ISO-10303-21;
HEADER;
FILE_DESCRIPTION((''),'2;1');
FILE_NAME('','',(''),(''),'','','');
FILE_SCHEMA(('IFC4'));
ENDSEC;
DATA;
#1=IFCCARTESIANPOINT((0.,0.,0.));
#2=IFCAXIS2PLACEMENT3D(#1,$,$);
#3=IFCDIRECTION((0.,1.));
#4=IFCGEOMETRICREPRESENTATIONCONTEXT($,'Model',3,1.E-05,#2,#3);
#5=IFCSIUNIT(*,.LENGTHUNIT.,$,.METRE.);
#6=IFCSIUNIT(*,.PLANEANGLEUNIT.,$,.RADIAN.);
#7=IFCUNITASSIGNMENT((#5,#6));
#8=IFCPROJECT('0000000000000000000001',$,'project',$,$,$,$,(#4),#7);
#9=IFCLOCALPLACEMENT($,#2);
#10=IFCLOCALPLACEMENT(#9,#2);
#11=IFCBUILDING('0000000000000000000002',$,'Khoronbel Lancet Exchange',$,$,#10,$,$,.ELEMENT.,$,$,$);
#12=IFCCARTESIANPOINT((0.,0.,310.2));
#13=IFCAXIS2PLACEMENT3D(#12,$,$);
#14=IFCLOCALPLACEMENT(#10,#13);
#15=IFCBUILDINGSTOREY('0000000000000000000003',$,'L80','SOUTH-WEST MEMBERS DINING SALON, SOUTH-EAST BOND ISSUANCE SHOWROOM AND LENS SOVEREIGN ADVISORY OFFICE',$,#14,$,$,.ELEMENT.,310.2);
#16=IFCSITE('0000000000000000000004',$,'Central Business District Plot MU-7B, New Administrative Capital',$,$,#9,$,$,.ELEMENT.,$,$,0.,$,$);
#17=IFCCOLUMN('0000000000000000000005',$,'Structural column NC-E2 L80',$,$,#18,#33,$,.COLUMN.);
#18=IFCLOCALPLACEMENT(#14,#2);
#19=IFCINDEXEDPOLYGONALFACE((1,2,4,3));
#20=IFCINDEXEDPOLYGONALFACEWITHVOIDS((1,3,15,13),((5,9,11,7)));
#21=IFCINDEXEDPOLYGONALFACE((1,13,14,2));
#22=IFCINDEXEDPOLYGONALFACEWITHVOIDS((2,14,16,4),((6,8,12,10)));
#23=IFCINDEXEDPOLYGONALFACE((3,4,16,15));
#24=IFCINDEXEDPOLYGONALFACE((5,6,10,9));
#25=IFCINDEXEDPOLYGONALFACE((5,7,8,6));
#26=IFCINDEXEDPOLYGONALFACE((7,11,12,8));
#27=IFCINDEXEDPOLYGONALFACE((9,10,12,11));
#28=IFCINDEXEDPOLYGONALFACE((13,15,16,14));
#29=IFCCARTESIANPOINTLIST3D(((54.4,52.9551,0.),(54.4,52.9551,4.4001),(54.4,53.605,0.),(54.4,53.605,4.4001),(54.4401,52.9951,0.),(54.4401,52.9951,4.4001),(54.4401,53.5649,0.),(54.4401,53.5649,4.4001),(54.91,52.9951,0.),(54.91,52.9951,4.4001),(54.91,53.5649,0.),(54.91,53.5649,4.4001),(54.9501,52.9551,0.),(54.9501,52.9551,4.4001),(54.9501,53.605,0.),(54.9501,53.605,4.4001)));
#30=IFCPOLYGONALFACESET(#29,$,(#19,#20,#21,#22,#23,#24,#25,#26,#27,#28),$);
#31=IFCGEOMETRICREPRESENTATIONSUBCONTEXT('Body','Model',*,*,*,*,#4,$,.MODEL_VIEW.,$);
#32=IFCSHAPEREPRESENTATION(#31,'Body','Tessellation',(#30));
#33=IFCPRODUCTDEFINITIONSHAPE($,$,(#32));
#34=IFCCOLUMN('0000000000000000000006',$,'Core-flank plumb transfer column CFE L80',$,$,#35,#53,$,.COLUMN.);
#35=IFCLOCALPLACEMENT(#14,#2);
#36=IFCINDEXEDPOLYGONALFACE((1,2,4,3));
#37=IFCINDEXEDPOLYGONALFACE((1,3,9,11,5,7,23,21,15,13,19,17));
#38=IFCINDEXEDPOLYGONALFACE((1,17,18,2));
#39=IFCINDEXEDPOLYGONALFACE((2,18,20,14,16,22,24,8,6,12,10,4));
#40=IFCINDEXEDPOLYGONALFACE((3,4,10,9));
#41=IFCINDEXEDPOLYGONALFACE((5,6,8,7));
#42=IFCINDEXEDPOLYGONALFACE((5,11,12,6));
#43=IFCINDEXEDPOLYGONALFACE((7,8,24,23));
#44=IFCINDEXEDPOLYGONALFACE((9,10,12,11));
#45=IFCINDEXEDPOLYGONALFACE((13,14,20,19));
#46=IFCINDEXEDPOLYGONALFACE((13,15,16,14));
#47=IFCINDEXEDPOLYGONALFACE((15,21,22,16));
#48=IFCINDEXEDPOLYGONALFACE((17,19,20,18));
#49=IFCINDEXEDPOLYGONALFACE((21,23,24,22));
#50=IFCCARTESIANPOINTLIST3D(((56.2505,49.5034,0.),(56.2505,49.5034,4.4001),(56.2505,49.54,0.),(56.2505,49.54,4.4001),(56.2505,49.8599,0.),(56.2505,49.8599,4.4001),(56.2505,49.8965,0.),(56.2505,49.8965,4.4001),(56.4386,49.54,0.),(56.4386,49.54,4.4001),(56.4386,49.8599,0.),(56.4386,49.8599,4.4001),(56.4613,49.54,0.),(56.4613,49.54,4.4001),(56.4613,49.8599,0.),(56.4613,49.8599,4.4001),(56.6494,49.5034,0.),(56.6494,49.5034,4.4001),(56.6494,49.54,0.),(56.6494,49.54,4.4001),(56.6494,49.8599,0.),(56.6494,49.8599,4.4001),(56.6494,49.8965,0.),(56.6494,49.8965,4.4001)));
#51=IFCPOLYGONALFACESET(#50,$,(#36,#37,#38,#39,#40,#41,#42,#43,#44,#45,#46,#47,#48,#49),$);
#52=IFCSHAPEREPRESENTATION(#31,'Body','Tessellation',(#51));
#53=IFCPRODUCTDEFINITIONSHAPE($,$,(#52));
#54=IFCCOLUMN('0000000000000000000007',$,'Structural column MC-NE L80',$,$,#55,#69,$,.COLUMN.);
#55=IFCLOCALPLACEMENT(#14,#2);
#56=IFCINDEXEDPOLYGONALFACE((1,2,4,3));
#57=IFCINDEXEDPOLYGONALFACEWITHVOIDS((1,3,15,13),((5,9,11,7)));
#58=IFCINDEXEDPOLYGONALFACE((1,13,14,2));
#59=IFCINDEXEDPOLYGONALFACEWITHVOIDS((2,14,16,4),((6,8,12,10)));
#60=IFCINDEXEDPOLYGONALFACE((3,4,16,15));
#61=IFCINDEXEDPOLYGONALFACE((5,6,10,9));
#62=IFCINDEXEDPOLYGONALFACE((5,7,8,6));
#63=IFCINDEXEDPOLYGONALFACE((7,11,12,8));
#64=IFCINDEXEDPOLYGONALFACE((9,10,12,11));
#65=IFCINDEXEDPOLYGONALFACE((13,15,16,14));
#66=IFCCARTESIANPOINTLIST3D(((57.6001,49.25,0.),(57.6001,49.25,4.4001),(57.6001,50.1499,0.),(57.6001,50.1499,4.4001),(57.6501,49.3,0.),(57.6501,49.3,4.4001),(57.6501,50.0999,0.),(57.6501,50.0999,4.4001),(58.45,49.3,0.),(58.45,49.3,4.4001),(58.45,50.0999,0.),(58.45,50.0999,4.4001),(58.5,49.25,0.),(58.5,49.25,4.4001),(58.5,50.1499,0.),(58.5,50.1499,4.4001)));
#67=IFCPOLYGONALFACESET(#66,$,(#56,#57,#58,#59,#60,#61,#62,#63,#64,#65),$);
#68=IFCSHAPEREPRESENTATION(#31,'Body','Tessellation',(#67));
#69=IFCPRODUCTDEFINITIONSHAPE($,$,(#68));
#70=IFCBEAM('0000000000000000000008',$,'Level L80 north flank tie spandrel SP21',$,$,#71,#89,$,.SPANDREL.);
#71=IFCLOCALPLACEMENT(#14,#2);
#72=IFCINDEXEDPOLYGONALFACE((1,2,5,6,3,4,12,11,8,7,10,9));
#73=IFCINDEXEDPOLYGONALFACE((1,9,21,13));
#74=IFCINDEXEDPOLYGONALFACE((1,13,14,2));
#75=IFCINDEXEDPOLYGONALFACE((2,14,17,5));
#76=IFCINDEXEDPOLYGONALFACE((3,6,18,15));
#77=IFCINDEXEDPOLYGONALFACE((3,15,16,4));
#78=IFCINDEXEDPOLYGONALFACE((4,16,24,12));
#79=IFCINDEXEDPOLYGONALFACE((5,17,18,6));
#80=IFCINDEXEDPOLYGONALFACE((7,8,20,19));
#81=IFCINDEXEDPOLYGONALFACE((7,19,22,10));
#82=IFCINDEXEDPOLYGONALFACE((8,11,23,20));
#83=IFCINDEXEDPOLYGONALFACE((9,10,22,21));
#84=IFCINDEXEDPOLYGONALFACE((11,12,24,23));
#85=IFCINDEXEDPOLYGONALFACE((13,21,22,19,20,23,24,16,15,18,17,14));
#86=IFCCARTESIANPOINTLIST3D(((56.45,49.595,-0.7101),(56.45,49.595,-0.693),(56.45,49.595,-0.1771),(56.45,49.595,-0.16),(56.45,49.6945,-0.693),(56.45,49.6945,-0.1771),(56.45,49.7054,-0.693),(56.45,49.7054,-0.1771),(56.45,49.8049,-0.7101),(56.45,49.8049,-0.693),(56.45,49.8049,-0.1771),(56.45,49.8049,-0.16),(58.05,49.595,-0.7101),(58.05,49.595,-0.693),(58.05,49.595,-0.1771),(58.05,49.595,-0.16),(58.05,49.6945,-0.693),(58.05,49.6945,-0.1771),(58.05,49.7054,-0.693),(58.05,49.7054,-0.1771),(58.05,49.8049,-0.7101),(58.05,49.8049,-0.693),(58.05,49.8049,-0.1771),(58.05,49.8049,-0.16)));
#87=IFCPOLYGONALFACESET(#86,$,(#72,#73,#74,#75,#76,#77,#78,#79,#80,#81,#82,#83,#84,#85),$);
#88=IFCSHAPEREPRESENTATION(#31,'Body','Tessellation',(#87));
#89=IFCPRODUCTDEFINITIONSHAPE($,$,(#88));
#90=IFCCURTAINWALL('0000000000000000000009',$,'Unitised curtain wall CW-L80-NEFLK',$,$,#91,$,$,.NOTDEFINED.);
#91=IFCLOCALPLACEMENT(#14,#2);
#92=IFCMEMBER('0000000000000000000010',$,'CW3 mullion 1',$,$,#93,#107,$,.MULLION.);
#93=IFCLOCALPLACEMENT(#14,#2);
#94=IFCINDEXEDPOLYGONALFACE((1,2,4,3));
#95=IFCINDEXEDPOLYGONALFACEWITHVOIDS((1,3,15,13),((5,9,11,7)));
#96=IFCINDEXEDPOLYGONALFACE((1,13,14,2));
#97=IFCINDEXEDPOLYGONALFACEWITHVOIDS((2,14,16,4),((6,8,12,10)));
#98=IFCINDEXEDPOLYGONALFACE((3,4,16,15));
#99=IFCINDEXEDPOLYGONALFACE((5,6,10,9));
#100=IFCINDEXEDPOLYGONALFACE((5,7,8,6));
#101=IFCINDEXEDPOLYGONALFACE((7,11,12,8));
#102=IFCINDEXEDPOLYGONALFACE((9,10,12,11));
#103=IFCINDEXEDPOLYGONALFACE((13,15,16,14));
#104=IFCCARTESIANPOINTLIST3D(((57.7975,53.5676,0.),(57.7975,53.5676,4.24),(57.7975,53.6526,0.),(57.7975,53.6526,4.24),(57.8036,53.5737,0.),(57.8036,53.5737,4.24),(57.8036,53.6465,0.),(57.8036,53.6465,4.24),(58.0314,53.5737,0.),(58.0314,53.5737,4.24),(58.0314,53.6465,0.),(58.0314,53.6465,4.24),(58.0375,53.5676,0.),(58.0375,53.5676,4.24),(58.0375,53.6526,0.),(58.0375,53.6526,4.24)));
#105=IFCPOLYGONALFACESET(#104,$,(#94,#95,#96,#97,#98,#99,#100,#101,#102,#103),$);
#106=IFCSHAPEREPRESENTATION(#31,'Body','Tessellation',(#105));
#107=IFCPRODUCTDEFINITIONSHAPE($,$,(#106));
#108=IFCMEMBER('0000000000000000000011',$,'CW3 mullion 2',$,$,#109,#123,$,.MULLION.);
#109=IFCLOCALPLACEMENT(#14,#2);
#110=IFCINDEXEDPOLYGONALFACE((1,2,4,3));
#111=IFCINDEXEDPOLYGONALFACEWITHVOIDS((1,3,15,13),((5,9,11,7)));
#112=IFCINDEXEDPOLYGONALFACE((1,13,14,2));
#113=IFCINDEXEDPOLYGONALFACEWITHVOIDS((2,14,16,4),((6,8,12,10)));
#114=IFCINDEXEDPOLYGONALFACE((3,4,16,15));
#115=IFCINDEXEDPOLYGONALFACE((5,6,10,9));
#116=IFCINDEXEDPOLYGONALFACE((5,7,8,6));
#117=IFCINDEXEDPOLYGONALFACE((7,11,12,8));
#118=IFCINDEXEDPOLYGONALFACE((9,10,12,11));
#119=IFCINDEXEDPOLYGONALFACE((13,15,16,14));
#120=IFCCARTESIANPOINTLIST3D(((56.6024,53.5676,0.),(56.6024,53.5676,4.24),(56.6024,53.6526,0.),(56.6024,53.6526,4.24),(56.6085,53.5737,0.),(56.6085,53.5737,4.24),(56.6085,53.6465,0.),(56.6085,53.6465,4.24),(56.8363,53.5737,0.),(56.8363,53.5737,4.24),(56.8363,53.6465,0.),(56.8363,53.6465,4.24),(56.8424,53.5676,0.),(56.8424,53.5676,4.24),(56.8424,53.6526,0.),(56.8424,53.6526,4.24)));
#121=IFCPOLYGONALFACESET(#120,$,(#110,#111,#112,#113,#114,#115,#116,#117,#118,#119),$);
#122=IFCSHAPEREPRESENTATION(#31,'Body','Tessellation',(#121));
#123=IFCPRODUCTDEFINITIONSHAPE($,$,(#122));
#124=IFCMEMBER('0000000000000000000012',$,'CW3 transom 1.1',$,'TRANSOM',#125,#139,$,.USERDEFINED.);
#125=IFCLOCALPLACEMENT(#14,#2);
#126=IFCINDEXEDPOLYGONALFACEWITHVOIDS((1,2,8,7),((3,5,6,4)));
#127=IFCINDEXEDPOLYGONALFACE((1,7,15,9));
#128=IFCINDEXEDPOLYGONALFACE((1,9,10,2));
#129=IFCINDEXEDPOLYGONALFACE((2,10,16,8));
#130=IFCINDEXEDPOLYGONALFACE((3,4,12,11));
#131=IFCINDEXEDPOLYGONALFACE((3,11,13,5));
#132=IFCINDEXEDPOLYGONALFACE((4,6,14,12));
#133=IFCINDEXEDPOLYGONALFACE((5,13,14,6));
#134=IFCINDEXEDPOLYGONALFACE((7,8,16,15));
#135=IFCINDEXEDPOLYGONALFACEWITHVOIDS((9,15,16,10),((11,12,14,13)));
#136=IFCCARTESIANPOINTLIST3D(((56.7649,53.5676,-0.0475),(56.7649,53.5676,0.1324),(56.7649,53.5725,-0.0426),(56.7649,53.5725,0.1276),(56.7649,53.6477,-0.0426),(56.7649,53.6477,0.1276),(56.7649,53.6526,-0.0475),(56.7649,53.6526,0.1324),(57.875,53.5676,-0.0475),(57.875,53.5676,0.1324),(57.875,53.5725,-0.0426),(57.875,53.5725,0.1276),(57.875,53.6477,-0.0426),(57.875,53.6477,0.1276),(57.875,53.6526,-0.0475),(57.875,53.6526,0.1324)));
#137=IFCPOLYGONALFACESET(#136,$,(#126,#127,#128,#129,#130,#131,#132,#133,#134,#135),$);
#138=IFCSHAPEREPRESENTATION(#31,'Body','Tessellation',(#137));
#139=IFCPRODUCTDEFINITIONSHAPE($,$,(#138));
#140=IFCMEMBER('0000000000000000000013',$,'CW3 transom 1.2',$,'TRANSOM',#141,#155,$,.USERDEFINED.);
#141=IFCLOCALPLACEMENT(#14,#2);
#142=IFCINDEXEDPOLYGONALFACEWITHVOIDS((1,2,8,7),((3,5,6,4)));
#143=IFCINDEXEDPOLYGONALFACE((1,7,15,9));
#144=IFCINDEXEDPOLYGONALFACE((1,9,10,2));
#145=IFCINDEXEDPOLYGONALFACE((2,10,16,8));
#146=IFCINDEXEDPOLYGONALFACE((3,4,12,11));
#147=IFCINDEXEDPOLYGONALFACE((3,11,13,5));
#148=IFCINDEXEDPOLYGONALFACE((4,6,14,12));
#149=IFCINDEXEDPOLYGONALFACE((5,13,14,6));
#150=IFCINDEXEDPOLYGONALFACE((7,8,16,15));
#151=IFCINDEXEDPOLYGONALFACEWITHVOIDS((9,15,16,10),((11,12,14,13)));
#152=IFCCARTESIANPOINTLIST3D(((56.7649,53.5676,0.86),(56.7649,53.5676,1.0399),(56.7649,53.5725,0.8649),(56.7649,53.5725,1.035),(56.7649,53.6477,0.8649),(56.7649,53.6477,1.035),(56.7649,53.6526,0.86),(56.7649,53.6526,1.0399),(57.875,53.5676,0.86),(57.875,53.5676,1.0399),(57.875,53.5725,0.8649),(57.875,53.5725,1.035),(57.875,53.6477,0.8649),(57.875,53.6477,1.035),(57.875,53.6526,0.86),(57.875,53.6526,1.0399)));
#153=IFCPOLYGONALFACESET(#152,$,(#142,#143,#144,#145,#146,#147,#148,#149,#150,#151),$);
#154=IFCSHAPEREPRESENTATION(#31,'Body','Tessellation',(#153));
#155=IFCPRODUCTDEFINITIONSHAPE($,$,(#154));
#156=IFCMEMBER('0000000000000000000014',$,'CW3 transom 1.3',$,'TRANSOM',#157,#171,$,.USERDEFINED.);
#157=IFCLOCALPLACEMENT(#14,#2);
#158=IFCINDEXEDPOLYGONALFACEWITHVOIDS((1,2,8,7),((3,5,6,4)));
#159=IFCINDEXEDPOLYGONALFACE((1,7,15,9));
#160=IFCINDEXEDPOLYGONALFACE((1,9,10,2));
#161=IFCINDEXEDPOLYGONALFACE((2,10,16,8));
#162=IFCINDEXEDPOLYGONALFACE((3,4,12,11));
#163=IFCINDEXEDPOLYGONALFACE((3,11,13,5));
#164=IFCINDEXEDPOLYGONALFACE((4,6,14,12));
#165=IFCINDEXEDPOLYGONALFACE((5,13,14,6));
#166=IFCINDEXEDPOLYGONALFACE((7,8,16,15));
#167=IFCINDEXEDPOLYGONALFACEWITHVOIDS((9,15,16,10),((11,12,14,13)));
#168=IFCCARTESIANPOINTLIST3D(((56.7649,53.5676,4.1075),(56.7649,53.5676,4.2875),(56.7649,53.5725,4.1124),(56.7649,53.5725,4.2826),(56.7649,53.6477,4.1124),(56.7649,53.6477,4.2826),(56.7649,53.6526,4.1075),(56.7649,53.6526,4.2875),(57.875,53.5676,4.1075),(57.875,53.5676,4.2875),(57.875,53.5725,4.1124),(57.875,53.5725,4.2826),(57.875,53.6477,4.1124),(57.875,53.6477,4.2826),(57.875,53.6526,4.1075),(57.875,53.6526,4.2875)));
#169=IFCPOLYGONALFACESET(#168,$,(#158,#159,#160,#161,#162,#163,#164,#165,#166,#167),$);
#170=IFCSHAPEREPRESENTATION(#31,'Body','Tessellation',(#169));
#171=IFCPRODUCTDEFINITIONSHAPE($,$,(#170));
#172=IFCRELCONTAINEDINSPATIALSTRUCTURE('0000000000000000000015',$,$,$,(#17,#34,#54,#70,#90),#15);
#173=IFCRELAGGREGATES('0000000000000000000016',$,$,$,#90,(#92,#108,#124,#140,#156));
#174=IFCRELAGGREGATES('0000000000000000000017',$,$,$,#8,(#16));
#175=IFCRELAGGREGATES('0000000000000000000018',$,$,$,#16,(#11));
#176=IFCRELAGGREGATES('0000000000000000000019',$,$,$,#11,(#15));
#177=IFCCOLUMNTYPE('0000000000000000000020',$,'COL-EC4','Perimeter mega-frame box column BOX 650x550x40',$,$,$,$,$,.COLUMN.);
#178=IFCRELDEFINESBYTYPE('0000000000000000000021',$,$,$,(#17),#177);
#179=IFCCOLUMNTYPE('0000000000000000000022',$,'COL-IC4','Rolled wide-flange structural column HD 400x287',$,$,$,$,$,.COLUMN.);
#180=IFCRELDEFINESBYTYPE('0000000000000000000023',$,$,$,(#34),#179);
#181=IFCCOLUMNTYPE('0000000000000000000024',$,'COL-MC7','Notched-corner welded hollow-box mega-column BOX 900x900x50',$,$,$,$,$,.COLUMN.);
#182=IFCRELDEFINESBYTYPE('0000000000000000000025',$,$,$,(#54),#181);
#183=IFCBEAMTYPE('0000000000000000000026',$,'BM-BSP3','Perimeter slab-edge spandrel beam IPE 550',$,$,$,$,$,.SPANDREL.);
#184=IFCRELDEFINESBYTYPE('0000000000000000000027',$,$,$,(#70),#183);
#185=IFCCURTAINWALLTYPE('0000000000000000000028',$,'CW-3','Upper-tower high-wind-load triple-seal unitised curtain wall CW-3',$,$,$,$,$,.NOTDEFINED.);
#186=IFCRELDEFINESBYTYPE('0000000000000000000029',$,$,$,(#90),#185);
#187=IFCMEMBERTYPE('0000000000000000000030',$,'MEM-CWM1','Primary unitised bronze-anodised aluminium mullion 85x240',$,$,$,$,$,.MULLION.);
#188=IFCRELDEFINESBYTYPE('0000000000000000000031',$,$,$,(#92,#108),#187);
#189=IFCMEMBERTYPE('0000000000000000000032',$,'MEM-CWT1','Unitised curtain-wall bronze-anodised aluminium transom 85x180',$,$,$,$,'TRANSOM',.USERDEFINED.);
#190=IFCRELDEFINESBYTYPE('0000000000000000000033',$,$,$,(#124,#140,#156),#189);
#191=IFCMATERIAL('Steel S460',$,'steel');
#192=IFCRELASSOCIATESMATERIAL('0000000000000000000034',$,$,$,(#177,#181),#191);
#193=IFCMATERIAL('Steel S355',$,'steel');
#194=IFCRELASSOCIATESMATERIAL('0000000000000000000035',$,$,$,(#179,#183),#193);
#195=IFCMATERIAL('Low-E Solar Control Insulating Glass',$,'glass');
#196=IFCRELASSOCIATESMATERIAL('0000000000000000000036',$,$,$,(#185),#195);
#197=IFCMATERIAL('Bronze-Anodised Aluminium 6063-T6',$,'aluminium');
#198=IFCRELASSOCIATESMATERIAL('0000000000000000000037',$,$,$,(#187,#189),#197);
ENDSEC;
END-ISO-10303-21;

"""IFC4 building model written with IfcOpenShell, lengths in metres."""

from ifc_helpers import new_model, si_unit, direction, frame, origin, origin_2d, place, context, subcontext, project, spatial, hollow_rectangle, i_section, extrude, material, material_profile, profile_set, type_object, element, aggregate, save


model = new_model("IFC4")

# Units and contexts
model_context = context("Model", 3, precision=1e-05, world=origin(), true_north=direction((0.0, 1.0)))
body_context = subcontext(model_context, "Body", "Model", "MODEL_VIEW")
ifc_project = project(units=[si_unit("LENGTHUNIT", "METRE"), si_unit("PLANEANGLEUNIT", "RADIAN")], contexts=[model_context])

# Site, building, storey
site_placement = place(None, origin())
site = spatial("IfcSite", under=ifc_project, at=site_placement, Name="Central Business District Plot MU-7B, New Administrative Capital", CompositionType="ELEMENT", RefElevation=0.0)
building_placement = place(site_placement, origin())
building = spatial("IfcBuilding", under=site, at=building_placement, Name="Khoronbel Lancet Exchange", CompositionType="ELEMENT")
storey_placement = place(building_placement, frame((0.0, 0.0, 310.2)))
storey = spatial("IfcBuildingStorey", under=building, at=storey_placement, Name="L80", Description="SOUTH-WEST MEMBERS DINING SALON, SOUTH-EAST BOND ISSUANCE SHOWROOM AND LENS SOVEREIGN ADVISORY OFFICE", CompositionType="ELEMENT", Elevation=310.2)

# Columns
ifc_material_1 = material(Name="Steel S460", Category="steel")
ifc_material_profile_1 = material_profile(ifc_material_1, hollow_rectangle(XDim=0.55, YDim=0.6499, WallThickness=0.04, at=origin_2d()), Name="BOX 650x550x40")
ifc_profile_set_1 = profile_set([ifc_material_profile_1], Name="Steel S460")
column_type_1 = type_object("IfcColumnType", Name="COL-EC4", Description="Perimeter mega-frame box column BOX 650x550x40", PredefinedType="COLUMN", material=ifc_profile_set_1)
column_1_placement = place(storey_placement, frame((54.675, 53.28, 0.0), z_axis=(0.0, 0.0, 1.0), x_axis=(1.0, 0.0, 0.0)))
element("IfcColumn", 1, at=column_1_placement, inside=storey, type_object=column_type_1, Name="Structural column NC-E2 L80", PredefinedType="COLUMN", context=body_context, shape_type="SweptSolid", body=[
    extrude(hollow_rectangle(XDim=0.55, YDim=0.6499, WallThickness=0.04, at=origin_2d()), origin(), (0.0, 0.0, 1.0), 4.4001),
])
ifc_material_2 = material(Name="Steel S355", Category="steel")
ifc_material_profile_2 = material_profile(ifc_material_2, i_section(OverallWidth=0.3989, OverallDepth=0.3931, WebThickness=0.0227, FlangeThickness=0.0366, at=origin_2d()), Name="HD 400x287")
ifc_profile_set_2 = profile_set([ifc_material_profile_2], Name="Steel S355")
column_type_2 = type_object("IfcColumnType", Name="COL-IC4", Description="Rolled wide-flange structural column HD 400x287", PredefinedType="COLUMN", material=ifc_profile_set_2)
column_2_placement = place(storey_placement, frame((56.45, 49.7, 0.0), z_axis=(0.0, 0.0, 1.0), x_axis=(1.0, 0.0, 0.0)))
element("IfcColumn", 2, at=column_2_placement, inside=storey, type_object=column_type_2, Name="Core-flank plumb transfer column CFE L80", PredefinedType="COLUMN", context=body_context, shape_type="SweptSolid", body=[
    extrude(i_section(OverallWidth=0.3989, OverallDepth=0.3931, WebThickness=0.0227, FlangeThickness=0.0366, at=origin_2d()), origin(), (0.0, 0.0, 1.0), 4.4001),
])
ifc_material_profile_3 = material_profile(ifc_material_1, hollow_rectangle(XDim=0.8999, YDim=0.8999, WallThickness=0.05, at=origin_2d()), Name="BOX 900x900x50")
ifc_profile_set_3 = profile_set([ifc_material_profile_3], Name="Steel S460")
column_type_3 = type_object("IfcColumnType", Name="COL-MC7", Description="Notched-corner welded hollow-box mega-column BOX 900x900x50", PredefinedType="COLUMN", material=ifc_profile_set_3)
column_3_placement = place(storey_placement, frame((58.05, 49.7, 0.0), z_axis=(0.0, 0.0, 1.0), x_axis=(1.0, 0.0, 0.0)))
element("IfcColumn", 3, at=column_3_placement, inside=storey, type_object=column_type_3, Name="Structural column MC-NE L80", PredefinedType="COLUMN", context=body_context, shape_type="SweptSolid", body=[
    extrude(hollow_rectangle(XDim=0.8999, YDim=0.8999, WallThickness=0.05, at=origin_2d()), origin(), (0.0, 0.0, 1.0), 4.4001),
])

# Beam
ifc_material_profile_4 = material_profile(ifc_material_2, i_section(OverallWidth=0.21, OverallDepth=0.55, WebThickness=0.011, FlangeThickness=0.0171, at=origin_2d()), Name="IPE 550")
ifc_profile_set_4 = profile_set([ifc_material_profile_4], Name="Steel S355")
beam_type = type_object("IfcBeamType", Name="BM-BSP3", Description="Perimeter slab-edge spandrel beam IPE 550", PredefinedType="SPANDREL", material=ifc_profile_set_4)
beam_placement = place(storey_placement, frame((58.05, 49.7, -0.4351), z_axis=(-1.0, 0.0, 0.0), x_axis=(0.0, -1.0, 0.0)))
element("IfcBeam", 4, at=beam_placement, inside=storey, type_object=beam_type, Name="Level L80 north flank tie spandrel SP21", PredefinedType="SPANDREL", context=body_context, shape_type="SweptSolid", body=[
    extrude(i_section(OverallWidth=0.21, OverallDepth=0.55, WebThickness=0.011, FlangeThickness=0.0171, at=origin_2d()), origin(), (0.0, 0.0, 1.0), 1.6001),
])

# Curtain wall, members
ifc_material_3 = material(Name="Low-E Solar Control Insulating Glass", Category="glass")
curtain_wall_type = type_object("IfcCurtainWallType", Name="CW-3", Description="Upper-tower high-wind-load triple-seal unitised curtain wall CW-3", PredefinedType="NOTDEFINED", material=ifc_material_3)
curtain_wall_placement = place(storey_placement, origin())
curtain_wall = element("IfcCurtainWall", 5, at=curtain_wall_placement, inside=storey, type_object=curtain_wall_type, Name="Unitised curtain wall CW-L80-NEFLK", PredefinedType="NOTDEFINED")
ifc_material_4 = material(Name="Bronze-Anodised Aluminium 6063-T6", Category="aluminium")
ifc_material_profile_5 = material_profile(ifc_material_4, hollow_rectangle(XDim=0.085, YDim=0.24, WallThickness=0.0061, at=origin_2d()), Name="ALU MULLION 85x240")
ifc_profile_set_5 = profile_set([ifc_material_profile_5], Name="Bronze-Anodised Aluminium 6063-T6")
member_type_1 = type_object("IfcMemberType", Name="MEM-CWM1", Description="Primary unitised bronze-anodised aluminium mullion 85x240", PredefinedType="MULLION", material=ifc_profile_set_5)
member_1_placement = place(storey_placement, frame((57.9175, 53.6101, 0.0), z_axis=(0.0, 0.0, 1.0), x_axis=(0.0, -1.0, 0.0)))
member_1 = element("IfcMember", 6, at=member_1_placement, type_object=member_type_1, Name="CW3 mullion 1", PredefinedType="MULLION", context=body_context, shape_type="SweptSolid", body=[
    extrude(hollow_rectangle(XDim=0.085, YDim=0.24, WallThickness=0.0061, at=origin_2d()), origin(), (0.0, 0.0, 1.0), 4.24),
])
member_2_placement = place(storey_placement, frame((56.7224, 53.6101, 0.0), z_axis=(0.0, 0.0, 1.0), x_axis=(0.0, -1.0, 0.0)))
member_2 = element("IfcMember", 7, at=member_2_placement, type_object=member_type_1, Name="CW3 mullion 2", PredefinedType="MULLION", context=body_context, shape_type="SweptSolid", body=[
    extrude(hollow_rectangle(XDim=0.085, YDim=0.24, WallThickness=0.0061, at=origin_2d()), origin(), (0.0, 0.0, 1.0), 4.24),
])
ifc_material_profile_6 = material_profile(ifc_material_4, hollow_rectangle(XDim=0.085, YDim=0.1799, WallThickness=0.0049, at=origin_2d()), Name="ALU TRANSOM 85x180")
ifc_profile_set_6 = profile_set([ifc_material_profile_6], Name="Bronze-Anodised Aluminium 6063-T6")
member_type_2 = type_object("IfcMemberType", Name="MEM-CWT1", Description="Unitised curtain-wall bronze-anodised aluminium transom 85x180", ElementType="TRANSOM", PredefinedType="USERDEFINED", material=ifc_profile_set_6)
member_3_placement = place(storey_placement, frame((57.875, 53.6101, 0.0425), z_axis=(-1.0, 0.0, 0.0), x_axis=(0.0, -1.0, 0.0)))
member_3 = element("IfcMember", 8, at=member_3_placement, type_object=member_type_2, Name="CW3 transom 1.1", ObjectType="TRANSOM", PredefinedType="USERDEFINED", context=body_context, shape_type="SweptSolid", body=[
    extrude(hollow_rectangle(XDim=0.085, YDim=0.1799, WallThickness=0.0049, at=origin_2d()), origin(), (0.0, 0.0, 1.0), 1.1101),
])
member_4_placement = place(storey_placement, frame((57.875, 53.6101, 0.95), z_axis=(-1.0, 0.0, 0.0), x_axis=(0.0, -1.0, 0.0)))
member_4 = element("IfcMember", 9, at=member_4_placement, type_object=member_type_2, Name="CW3 transom 1.2", ObjectType="TRANSOM", PredefinedType="USERDEFINED", context=body_context, shape_type="SweptSolid", body=[
    extrude(hollow_rectangle(XDim=0.085, YDim=0.1799, WallThickness=0.0049, at=origin_2d()), origin(), (0.0, 0.0, 1.0), 1.1101),
])
member_5_placement = place(storey_placement, frame((57.875, 53.6101, 4.1975), z_axis=(-1.0, 0.0, 0.0), x_axis=(0.0, -1.0, 0.0)))
member_5 = element("IfcMember", 10, at=member_5_placement, type_object=member_type_2, Name="CW3 transom 1.3", ObjectType="TRANSOM", PredefinedType="USERDEFINED", context=body_context, shape_type="SweptSolid", body=[
    extrude(hollow_rectangle(XDim=0.085, YDim=0.1799, WallThickness=0.0049, at=origin_2d()), origin(), (0.0, 0.0, 1.0), 1.1101),
])
aggregate(curtain_wall, [member_1, member_2, member_3, member_4, member_5])

save(model, "model.ifc")
